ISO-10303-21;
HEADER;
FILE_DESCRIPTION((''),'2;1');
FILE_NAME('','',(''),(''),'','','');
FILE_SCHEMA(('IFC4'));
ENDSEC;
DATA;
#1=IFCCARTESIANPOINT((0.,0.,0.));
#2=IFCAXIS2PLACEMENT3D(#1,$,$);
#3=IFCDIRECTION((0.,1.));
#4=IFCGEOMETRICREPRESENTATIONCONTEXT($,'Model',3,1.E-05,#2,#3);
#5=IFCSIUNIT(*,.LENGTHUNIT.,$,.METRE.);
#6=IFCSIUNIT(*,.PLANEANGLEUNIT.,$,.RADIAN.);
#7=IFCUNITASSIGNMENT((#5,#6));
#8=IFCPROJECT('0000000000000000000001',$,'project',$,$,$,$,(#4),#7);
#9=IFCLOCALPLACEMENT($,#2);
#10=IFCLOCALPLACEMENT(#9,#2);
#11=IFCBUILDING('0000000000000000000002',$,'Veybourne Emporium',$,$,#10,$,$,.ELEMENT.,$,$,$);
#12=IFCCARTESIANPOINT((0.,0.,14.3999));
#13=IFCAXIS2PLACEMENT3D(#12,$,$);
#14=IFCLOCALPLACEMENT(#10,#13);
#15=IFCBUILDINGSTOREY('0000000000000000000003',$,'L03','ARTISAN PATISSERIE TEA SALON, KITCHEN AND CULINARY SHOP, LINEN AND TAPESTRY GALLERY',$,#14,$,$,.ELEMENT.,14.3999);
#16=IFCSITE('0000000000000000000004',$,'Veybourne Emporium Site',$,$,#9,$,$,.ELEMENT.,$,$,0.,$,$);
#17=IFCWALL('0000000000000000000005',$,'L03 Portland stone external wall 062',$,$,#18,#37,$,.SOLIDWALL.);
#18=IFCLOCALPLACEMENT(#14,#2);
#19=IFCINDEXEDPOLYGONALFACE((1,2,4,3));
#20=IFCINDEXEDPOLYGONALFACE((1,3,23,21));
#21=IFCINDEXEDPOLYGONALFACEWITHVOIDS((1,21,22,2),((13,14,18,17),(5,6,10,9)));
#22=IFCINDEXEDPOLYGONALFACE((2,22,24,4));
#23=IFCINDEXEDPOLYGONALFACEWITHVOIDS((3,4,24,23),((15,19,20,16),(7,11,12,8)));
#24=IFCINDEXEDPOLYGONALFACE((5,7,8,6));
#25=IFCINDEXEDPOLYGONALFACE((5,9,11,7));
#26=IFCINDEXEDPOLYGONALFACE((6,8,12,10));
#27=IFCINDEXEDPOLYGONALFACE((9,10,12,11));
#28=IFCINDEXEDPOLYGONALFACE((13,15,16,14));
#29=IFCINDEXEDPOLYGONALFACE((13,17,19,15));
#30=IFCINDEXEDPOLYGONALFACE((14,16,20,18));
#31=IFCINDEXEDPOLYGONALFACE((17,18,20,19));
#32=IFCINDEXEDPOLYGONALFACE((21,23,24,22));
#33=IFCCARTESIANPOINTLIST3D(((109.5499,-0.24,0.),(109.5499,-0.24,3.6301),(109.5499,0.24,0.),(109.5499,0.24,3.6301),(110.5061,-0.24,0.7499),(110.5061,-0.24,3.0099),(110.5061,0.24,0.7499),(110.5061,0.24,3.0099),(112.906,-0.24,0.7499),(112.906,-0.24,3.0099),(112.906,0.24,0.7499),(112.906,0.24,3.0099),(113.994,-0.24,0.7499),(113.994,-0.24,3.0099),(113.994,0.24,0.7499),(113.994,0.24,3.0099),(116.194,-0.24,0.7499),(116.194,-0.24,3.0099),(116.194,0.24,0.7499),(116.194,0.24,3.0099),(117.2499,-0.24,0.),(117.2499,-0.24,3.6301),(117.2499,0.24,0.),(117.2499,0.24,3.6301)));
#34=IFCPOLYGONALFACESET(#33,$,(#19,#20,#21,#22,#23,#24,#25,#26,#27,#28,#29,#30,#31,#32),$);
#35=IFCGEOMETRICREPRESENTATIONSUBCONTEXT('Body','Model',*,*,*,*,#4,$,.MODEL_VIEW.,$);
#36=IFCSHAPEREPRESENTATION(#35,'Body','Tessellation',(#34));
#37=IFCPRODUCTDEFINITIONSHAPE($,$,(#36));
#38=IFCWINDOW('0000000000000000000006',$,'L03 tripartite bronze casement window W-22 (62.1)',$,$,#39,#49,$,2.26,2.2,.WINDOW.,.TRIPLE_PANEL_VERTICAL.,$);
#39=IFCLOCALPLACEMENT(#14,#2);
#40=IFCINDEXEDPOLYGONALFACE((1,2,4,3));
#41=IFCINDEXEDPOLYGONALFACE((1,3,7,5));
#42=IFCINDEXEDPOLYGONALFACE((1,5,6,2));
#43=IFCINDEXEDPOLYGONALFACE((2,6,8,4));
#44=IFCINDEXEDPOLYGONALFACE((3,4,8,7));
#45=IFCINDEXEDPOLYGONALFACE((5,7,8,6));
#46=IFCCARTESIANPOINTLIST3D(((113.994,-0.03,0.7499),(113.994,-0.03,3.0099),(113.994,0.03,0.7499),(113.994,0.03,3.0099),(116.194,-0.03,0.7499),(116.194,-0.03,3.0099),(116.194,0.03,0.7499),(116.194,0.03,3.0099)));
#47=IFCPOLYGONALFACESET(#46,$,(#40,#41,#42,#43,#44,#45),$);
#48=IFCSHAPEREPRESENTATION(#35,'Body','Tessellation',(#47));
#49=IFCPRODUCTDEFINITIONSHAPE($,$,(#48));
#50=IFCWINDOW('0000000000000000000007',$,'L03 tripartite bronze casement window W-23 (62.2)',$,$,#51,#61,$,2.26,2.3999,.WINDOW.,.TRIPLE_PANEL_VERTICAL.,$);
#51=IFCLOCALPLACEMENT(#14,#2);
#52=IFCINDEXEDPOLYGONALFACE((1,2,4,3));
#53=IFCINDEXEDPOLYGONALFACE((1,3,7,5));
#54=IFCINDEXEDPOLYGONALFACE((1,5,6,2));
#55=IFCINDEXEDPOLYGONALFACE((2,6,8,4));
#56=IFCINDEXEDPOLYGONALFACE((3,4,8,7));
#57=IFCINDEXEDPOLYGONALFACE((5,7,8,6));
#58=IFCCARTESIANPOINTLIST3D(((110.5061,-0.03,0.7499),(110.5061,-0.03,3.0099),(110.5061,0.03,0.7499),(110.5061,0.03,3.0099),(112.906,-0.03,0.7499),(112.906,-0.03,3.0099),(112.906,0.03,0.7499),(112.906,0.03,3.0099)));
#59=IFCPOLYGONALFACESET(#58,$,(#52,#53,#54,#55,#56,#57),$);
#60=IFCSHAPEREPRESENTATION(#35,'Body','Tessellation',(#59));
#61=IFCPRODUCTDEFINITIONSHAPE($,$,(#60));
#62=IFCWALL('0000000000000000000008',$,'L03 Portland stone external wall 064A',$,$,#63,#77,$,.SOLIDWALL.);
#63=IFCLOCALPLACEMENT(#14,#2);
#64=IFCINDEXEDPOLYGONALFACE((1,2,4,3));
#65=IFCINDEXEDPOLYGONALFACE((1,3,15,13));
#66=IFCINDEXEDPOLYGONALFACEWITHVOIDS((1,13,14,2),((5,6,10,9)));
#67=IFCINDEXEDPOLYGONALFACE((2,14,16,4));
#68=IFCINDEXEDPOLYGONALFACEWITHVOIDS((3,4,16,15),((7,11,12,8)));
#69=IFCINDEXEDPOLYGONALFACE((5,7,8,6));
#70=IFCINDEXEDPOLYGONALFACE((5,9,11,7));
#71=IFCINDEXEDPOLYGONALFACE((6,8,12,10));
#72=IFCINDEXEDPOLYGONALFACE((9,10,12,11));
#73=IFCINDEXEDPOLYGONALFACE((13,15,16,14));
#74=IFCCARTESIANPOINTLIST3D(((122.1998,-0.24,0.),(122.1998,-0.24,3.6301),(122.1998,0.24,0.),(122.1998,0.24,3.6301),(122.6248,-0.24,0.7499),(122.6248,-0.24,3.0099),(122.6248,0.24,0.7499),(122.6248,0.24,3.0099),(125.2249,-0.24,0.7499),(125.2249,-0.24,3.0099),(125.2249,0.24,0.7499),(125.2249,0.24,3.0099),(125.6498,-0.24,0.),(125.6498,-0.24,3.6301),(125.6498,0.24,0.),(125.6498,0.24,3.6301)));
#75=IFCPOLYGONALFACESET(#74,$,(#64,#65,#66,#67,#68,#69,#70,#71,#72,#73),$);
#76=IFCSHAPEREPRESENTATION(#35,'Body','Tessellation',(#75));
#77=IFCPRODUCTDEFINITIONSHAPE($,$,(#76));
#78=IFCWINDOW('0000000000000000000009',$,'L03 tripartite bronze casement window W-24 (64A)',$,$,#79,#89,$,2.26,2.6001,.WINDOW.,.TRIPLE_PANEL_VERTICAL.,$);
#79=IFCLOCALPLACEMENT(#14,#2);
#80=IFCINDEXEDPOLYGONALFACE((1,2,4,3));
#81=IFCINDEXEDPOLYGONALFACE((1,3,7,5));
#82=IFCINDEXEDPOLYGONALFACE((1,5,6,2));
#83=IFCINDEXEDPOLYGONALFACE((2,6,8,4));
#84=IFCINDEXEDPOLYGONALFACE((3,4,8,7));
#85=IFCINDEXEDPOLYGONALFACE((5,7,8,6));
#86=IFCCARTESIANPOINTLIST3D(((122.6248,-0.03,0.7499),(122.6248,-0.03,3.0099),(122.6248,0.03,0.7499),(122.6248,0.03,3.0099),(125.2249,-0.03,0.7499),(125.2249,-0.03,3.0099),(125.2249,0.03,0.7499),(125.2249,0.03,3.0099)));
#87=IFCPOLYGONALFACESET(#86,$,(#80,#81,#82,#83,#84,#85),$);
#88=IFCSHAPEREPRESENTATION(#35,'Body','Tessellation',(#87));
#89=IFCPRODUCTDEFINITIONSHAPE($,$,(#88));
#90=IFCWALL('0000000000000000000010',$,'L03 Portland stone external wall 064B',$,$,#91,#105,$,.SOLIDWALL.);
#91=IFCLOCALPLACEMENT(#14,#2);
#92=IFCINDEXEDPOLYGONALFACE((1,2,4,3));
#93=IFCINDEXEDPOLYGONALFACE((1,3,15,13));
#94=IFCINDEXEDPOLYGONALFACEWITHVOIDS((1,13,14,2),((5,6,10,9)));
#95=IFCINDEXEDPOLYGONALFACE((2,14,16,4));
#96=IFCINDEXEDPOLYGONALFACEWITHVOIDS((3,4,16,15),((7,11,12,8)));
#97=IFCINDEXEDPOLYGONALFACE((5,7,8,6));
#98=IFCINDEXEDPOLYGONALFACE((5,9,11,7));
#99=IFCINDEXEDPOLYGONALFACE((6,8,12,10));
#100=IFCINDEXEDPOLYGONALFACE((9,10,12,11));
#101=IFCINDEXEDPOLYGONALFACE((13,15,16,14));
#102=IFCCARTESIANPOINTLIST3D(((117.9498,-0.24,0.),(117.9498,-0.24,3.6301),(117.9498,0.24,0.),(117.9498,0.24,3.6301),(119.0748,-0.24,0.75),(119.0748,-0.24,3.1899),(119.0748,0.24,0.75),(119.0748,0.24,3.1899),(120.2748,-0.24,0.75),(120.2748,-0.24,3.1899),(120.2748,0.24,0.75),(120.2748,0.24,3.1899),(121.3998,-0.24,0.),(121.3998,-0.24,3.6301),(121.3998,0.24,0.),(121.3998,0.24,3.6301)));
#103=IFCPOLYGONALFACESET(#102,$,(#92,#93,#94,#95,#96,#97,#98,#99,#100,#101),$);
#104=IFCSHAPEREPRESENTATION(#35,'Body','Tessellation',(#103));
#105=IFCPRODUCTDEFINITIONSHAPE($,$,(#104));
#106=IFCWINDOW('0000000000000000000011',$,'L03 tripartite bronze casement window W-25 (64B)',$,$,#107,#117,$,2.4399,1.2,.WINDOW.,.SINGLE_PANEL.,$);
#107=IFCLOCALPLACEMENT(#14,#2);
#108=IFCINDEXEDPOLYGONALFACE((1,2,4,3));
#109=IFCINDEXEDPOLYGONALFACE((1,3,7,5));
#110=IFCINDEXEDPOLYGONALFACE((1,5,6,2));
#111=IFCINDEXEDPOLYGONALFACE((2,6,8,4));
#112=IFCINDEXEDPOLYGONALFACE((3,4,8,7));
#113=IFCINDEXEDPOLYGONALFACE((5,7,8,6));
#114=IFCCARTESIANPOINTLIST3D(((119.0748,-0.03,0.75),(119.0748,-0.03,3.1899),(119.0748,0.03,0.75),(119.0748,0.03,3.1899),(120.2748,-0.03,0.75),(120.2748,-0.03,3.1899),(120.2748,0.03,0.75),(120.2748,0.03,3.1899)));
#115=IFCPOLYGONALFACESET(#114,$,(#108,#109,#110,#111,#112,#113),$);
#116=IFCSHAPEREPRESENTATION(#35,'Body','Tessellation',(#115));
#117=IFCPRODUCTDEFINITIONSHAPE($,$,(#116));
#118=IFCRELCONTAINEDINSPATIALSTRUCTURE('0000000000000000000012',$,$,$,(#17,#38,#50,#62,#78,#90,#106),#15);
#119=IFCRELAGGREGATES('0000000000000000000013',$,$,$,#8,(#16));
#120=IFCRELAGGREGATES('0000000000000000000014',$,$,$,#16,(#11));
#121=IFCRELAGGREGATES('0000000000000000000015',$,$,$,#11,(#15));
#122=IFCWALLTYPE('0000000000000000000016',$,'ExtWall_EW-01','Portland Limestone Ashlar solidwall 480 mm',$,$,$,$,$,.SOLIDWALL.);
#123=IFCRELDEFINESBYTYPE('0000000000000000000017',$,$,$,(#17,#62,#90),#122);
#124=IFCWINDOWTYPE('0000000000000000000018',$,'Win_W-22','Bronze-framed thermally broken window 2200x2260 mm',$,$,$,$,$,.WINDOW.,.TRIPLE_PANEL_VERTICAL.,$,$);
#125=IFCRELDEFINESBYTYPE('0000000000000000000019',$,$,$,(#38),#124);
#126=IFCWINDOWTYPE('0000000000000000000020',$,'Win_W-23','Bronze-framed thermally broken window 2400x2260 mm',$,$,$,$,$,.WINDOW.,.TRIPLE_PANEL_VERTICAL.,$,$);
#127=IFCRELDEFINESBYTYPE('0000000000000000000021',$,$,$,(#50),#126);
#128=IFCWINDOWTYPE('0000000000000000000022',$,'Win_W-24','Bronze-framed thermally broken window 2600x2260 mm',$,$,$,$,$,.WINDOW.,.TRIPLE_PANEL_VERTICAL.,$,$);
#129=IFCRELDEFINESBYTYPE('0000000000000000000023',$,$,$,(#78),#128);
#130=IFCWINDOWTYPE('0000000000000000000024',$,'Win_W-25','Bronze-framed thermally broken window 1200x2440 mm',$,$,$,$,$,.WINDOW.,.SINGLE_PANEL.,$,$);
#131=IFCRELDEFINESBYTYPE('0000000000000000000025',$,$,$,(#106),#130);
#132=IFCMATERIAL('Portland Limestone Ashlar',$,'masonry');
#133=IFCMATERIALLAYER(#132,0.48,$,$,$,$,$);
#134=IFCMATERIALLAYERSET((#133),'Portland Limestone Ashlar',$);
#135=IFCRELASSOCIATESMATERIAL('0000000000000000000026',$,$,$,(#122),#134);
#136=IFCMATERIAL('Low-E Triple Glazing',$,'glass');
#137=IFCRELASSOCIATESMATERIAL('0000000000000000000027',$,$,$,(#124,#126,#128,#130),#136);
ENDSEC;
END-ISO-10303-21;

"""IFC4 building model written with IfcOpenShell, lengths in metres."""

from ifc_helpers import new_model, si_unit, direction, frame, frame_2d, origin, place, context, subcontext, project, spatial, rectangle, extrude, material, layer, layer_set, type_object, element, fill, save


model = new_model("IFC4")

# Units and contexts
model_context = context("Model", 3, precision=1e-05, world=origin(), true_north=direction((0.0, 1.0)))
body_context = subcontext(model_context, "Body", "Model", "MODEL_VIEW")
ifc_project = project(units=[si_unit("LENGTHUNIT", "METRE"), si_unit("PLANEANGLEUNIT", "RADIAN")], contexts=[model_context])

# Site, building, storey
site_placement = place(None, origin())
site = spatial("IfcSite", under=ifc_project, at=site_placement, Name="Veybourne Emporium Site", CompositionType="ELEMENT", RefElevation=0.0)
building_placement = place(site_placement, origin())
building = spatial("IfcBuilding", under=site, at=building_placement, Name="Veybourne Emporium", CompositionType="ELEMENT")
storey_placement = place(building_placement, frame((0.0, 0.0, 14.3999)))
storey = spatial("IfcBuildingStorey", under=building, at=storey_placement, Name="L03", Description="ARTISAN PATISSERIE TEA SALON, KITCHEN AND CULINARY SHOP, LINEN AND TAPESTRY GALLERY", CompositionType="ELEMENT", Elevation=14.3999)

# Shared definitions
ifc_material_1 = material(Name="Low-E Triple Glazing", Category="glass")

# Wall, openings, windows
ifc_material_2 = material(Name="Portland Limestone Ashlar", Category="masonry")
ifc_layer_1 = layer(ifc_material_2, 0.48)
ifc_layer_set_1 = layer_set([ifc_layer_1], Name="Portland Limestone Ashlar")
wall_type = type_object("IfcWallType", Name="ExtWall_EW-01", Description="Portland Limestone Ashlar solidwall 480 mm", PredefinedType="SOLIDWALL", material=ifc_layer_set_1)
wall_1_placement = place(storey_placement, frame((117.25, 0.0, 0.0), z_axis=(0.0, 0.0, 1.0), x_axis=(-1.0, 0.0, 0.0)))
wall_1 = element("IfcWall", 1, at=wall_1_placement, inside=storey, type_object=wall_type, Name="L03 Portland stone external wall 062", PredefinedType="SOLIDWALL", context=body_context, shape_type="SweptSolid", body=[
    extrude(rectangle(XDim=7.7, YDim=0.48, at=frame_2d((3.8501, 0.0))), origin(), (0.0, 0.0, 1.0), 3.6301),
])
opening_1_placement = place(wall_1_placement, frame((1.0559, 0.0, 0.75)))
opening_1 = element("IfcOpeningElement", 2, at=opening_1_placement, cuts=wall_1, PredefinedType="OPENING", context=body_context, shape_type="SweptSolid", body=[
    extrude(rectangle(XDim=2.2, YDim=2.26, at=frame_2d((1.1001, 1.1299))), frame((0.0, 0.26, 0.0), z_axis=(0.0, -1.0, 0.0), x_axis=(1.0, 0.0, 0.0)), (0.0, 0.0, 1.0), 0.52),
])
opening_2_placement = place(wall_1_placement, frame((4.344, 0.0, 0.75)))
opening_2 = element("IfcOpeningElement", 3, at=opening_2_placement, cuts=wall_1, PredefinedType="OPENING", context=body_context, shape_type="SweptSolid", body=[
    extrude(rectangle(XDim=2.3999, YDim=2.26, at=frame_2d((1.2, 1.1299))), frame((0.0, 0.26, 0.0), z_axis=(0.0, -1.0, 0.0), x_axis=(1.0, 0.0, 0.0)), (0.0, 0.0, 1.0), 0.52),
])
window_type_1 = type_object("IfcWindowType", Name="Win_W-22", Description="Bronze-framed thermally broken window 2200x2260 mm", PartitioningType="TRIPLE_PANEL_VERTICAL", PredefinedType="WINDOW", material=ifc_material_1)
window_1_placement = place(opening_1_placement, origin())
window_1 = element("IfcWindow", 4, at=window_1_placement, inside=storey, type_object=window_type_1, Name="L03 tripartite bronze casement window W-22 (62.1)", OverallHeight=2.26, OverallWidth=2.2, PartitioningType="TRIPLE_PANEL_VERTICAL", PredefinedType="WINDOW", context=body_context, shape_type="SweptSolid", body=[
    extrude(rectangle(XDim=2.2, YDim=2.26, at=frame_2d((1.1001, 1.1299))), frame((0.0, 0.03, 0.0), z_axis=(0.0, -1.0, 0.0), x_axis=(1.0, 0.0, 0.0)), (0.0, 0.0, 1.0), 0.0601),
])
fill(opening_1, window_1)
window_type_2 = type_object("IfcWindowType", Name="Win_W-23", Description="Bronze-framed thermally broken window 2400x2260 mm", PartitioningType="TRIPLE_PANEL_VERTICAL", PredefinedType="WINDOW", material=ifc_material_1)
window_2_placement = place(opening_2_placement, origin())
window_2 = element("IfcWindow", 5, at=window_2_placement, inside=storey, type_object=window_type_2, Name="L03 tripartite bronze casement window W-23 (62.2)", OverallHeight=2.26, OverallWidth=2.3999, PartitioningType="TRIPLE_PANEL_VERTICAL", PredefinedType="WINDOW", context=body_context, shape_type="SweptSolid", body=[
    extrude(rectangle(XDim=2.3999, YDim=2.26, at=frame_2d((1.2, 1.1299))), frame((0.0, 0.03, 0.0), z_axis=(0.0, -1.0, 0.0), x_axis=(1.0, 0.0, 0.0)), (0.0, 0.0, 1.0), 0.0601),
])
fill(opening_2, window_2)

# Walls, openings, windows
wall_2_placement = place(storey_placement, frame((125.6499, 0.0, 0.0), z_axis=(0.0, 0.0, 1.0), x_axis=(-1.0, 0.0, 0.0)))
wall_2 = element("IfcWall", 6, at=wall_2_placement, inside=storey, type_object=wall_type, Name="L03 Portland stone external wall 064A", PredefinedType="SOLIDWALL", context=body_context, shape_type="SweptSolid", body=[
    extrude(rectangle(XDim=3.45, YDim=0.48, at=frame_2d((1.7251, 0.0))), origin(), (0.0, 0.0, 1.0), 3.6301),
])
opening_3_placement = place(wall_2_placement, frame((0.425, 0.0, 0.75)))
opening_3 = element("IfcOpeningElement", 7, at=opening_3_placement, cuts=wall_2, PredefinedType="OPENING", context=body_context, shape_type="SweptSolid", body=[
    extrude(rectangle(XDim=2.6001, YDim=2.26, at=frame_2d((1.3, 1.1299))), frame((0.0, 0.26, 0.0), z_axis=(0.0, -1.0, 0.0), x_axis=(1.0, 0.0, 0.0)), (0.0, 0.0, 1.0), 0.52),
])
window_type_3 = type_object("IfcWindowType", Name="Win_W-24", Description="Bronze-framed thermally broken window 2600x2260 mm", PartitioningType="TRIPLE_PANEL_VERTICAL", PredefinedType="WINDOW", material=ifc_material_1)
window_3_placement = place(opening_3_placement, origin())
window_3 = element("IfcWindow", 8, at=window_3_placement, inside=storey, type_object=window_type_3, Name="L03 tripartite bronze casement window W-24 (64A)", OverallHeight=2.26, OverallWidth=2.6001, PartitioningType="TRIPLE_PANEL_VERTICAL", PredefinedType="WINDOW", context=body_context, shape_type="SweptSolid", body=[
    extrude(rectangle(XDim=2.6001, YDim=2.26, at=frame_2d((1.3, 1.1299))), frame((0.0, 0.03, 0.0), z_axis=(0.0, -1.0, 0.0), x_axis=(1.0, 0.0, 0.0)), (0.0, 0.0, 1.0), 0.0601),
])
fill(opening_3, window_3)
wall_3_placement = place(storey_placement, frame((121.3999, 0.0, 0.0), z_axis=(0.0, 0.0, 1.0), x_axis=(-1.0, 0.0, 0.0)))
wall_3 = element("IfcWall", 9, at=wall_3_placement, inside=storey, type_object=wall_type, Name="L03 Portland stone external wall 064B", PredefinedType="SOLIDWALL", context=body_context, shape_type="SweptSolid", body=[
    extrude(rectangle(XDim=3.45, YDim=0.48, at=frame_2d((1.7251, 0.0))), origin(), (0.0, 0.0, 1.0), 3.6301),
])
opening_4_placement = place(wall_3_placement, frame((1.125, 0.0, 0.75)))
opening_4 = element("IfcOpeningElement", 10, at=opening_4_placement, cuts=wall_3, PredefinedType="OPENING", context=body_context, shape_type="SweptSolid", body=[
    extrude(rectangle(XDim=1.2, YDim=2.4399, at=frame_2d((0.6001, 1.22))), frame((0.0, 0.26, 0.0), z_axis=(0.0, -1.0, 0.0), x_axis=(1.0, 0.0, 0.0)), (0.0, 0.0, 1.0), 0.52),
])
window_type_4 = type_object("IfcWindowType", Name="Win_W-25", Description="Bronze-framed thermally broken window 1200x2440 mm", PartitioningType="SINGLE_PANEL", PredefinedType="WINDOW", material=ifc_material_1)
window_4_placement = place(opening_4_placement, origin())
window_4 = element("IfcWindow", 11, at=window_4_placement, inside=storey, type_object=window_type_4, Name="L03 tripartite bronze casement window W-25 (64B)", OverallHeight=2.4399, OverallWidth=1.2, PartitioningType="SINGLE_PANEL", PredefinedType="WINDOW", context=body_context, shape_type="SweptSolid", body=[
    extrude(rectangle(XDim=1.2, YDim=2.4399, at=frame_2d((0.6001, 1.22))), frame((0.0, 0.03, 0.0), z_axis=(0.0, -1.0, 0.0), x_axis=(1.0, 0.0, 0.0)), (0.0, 0.0, 1.0), 0.0601),
])
fill(opening_4, window_4)

save(model, "model.ifc")
